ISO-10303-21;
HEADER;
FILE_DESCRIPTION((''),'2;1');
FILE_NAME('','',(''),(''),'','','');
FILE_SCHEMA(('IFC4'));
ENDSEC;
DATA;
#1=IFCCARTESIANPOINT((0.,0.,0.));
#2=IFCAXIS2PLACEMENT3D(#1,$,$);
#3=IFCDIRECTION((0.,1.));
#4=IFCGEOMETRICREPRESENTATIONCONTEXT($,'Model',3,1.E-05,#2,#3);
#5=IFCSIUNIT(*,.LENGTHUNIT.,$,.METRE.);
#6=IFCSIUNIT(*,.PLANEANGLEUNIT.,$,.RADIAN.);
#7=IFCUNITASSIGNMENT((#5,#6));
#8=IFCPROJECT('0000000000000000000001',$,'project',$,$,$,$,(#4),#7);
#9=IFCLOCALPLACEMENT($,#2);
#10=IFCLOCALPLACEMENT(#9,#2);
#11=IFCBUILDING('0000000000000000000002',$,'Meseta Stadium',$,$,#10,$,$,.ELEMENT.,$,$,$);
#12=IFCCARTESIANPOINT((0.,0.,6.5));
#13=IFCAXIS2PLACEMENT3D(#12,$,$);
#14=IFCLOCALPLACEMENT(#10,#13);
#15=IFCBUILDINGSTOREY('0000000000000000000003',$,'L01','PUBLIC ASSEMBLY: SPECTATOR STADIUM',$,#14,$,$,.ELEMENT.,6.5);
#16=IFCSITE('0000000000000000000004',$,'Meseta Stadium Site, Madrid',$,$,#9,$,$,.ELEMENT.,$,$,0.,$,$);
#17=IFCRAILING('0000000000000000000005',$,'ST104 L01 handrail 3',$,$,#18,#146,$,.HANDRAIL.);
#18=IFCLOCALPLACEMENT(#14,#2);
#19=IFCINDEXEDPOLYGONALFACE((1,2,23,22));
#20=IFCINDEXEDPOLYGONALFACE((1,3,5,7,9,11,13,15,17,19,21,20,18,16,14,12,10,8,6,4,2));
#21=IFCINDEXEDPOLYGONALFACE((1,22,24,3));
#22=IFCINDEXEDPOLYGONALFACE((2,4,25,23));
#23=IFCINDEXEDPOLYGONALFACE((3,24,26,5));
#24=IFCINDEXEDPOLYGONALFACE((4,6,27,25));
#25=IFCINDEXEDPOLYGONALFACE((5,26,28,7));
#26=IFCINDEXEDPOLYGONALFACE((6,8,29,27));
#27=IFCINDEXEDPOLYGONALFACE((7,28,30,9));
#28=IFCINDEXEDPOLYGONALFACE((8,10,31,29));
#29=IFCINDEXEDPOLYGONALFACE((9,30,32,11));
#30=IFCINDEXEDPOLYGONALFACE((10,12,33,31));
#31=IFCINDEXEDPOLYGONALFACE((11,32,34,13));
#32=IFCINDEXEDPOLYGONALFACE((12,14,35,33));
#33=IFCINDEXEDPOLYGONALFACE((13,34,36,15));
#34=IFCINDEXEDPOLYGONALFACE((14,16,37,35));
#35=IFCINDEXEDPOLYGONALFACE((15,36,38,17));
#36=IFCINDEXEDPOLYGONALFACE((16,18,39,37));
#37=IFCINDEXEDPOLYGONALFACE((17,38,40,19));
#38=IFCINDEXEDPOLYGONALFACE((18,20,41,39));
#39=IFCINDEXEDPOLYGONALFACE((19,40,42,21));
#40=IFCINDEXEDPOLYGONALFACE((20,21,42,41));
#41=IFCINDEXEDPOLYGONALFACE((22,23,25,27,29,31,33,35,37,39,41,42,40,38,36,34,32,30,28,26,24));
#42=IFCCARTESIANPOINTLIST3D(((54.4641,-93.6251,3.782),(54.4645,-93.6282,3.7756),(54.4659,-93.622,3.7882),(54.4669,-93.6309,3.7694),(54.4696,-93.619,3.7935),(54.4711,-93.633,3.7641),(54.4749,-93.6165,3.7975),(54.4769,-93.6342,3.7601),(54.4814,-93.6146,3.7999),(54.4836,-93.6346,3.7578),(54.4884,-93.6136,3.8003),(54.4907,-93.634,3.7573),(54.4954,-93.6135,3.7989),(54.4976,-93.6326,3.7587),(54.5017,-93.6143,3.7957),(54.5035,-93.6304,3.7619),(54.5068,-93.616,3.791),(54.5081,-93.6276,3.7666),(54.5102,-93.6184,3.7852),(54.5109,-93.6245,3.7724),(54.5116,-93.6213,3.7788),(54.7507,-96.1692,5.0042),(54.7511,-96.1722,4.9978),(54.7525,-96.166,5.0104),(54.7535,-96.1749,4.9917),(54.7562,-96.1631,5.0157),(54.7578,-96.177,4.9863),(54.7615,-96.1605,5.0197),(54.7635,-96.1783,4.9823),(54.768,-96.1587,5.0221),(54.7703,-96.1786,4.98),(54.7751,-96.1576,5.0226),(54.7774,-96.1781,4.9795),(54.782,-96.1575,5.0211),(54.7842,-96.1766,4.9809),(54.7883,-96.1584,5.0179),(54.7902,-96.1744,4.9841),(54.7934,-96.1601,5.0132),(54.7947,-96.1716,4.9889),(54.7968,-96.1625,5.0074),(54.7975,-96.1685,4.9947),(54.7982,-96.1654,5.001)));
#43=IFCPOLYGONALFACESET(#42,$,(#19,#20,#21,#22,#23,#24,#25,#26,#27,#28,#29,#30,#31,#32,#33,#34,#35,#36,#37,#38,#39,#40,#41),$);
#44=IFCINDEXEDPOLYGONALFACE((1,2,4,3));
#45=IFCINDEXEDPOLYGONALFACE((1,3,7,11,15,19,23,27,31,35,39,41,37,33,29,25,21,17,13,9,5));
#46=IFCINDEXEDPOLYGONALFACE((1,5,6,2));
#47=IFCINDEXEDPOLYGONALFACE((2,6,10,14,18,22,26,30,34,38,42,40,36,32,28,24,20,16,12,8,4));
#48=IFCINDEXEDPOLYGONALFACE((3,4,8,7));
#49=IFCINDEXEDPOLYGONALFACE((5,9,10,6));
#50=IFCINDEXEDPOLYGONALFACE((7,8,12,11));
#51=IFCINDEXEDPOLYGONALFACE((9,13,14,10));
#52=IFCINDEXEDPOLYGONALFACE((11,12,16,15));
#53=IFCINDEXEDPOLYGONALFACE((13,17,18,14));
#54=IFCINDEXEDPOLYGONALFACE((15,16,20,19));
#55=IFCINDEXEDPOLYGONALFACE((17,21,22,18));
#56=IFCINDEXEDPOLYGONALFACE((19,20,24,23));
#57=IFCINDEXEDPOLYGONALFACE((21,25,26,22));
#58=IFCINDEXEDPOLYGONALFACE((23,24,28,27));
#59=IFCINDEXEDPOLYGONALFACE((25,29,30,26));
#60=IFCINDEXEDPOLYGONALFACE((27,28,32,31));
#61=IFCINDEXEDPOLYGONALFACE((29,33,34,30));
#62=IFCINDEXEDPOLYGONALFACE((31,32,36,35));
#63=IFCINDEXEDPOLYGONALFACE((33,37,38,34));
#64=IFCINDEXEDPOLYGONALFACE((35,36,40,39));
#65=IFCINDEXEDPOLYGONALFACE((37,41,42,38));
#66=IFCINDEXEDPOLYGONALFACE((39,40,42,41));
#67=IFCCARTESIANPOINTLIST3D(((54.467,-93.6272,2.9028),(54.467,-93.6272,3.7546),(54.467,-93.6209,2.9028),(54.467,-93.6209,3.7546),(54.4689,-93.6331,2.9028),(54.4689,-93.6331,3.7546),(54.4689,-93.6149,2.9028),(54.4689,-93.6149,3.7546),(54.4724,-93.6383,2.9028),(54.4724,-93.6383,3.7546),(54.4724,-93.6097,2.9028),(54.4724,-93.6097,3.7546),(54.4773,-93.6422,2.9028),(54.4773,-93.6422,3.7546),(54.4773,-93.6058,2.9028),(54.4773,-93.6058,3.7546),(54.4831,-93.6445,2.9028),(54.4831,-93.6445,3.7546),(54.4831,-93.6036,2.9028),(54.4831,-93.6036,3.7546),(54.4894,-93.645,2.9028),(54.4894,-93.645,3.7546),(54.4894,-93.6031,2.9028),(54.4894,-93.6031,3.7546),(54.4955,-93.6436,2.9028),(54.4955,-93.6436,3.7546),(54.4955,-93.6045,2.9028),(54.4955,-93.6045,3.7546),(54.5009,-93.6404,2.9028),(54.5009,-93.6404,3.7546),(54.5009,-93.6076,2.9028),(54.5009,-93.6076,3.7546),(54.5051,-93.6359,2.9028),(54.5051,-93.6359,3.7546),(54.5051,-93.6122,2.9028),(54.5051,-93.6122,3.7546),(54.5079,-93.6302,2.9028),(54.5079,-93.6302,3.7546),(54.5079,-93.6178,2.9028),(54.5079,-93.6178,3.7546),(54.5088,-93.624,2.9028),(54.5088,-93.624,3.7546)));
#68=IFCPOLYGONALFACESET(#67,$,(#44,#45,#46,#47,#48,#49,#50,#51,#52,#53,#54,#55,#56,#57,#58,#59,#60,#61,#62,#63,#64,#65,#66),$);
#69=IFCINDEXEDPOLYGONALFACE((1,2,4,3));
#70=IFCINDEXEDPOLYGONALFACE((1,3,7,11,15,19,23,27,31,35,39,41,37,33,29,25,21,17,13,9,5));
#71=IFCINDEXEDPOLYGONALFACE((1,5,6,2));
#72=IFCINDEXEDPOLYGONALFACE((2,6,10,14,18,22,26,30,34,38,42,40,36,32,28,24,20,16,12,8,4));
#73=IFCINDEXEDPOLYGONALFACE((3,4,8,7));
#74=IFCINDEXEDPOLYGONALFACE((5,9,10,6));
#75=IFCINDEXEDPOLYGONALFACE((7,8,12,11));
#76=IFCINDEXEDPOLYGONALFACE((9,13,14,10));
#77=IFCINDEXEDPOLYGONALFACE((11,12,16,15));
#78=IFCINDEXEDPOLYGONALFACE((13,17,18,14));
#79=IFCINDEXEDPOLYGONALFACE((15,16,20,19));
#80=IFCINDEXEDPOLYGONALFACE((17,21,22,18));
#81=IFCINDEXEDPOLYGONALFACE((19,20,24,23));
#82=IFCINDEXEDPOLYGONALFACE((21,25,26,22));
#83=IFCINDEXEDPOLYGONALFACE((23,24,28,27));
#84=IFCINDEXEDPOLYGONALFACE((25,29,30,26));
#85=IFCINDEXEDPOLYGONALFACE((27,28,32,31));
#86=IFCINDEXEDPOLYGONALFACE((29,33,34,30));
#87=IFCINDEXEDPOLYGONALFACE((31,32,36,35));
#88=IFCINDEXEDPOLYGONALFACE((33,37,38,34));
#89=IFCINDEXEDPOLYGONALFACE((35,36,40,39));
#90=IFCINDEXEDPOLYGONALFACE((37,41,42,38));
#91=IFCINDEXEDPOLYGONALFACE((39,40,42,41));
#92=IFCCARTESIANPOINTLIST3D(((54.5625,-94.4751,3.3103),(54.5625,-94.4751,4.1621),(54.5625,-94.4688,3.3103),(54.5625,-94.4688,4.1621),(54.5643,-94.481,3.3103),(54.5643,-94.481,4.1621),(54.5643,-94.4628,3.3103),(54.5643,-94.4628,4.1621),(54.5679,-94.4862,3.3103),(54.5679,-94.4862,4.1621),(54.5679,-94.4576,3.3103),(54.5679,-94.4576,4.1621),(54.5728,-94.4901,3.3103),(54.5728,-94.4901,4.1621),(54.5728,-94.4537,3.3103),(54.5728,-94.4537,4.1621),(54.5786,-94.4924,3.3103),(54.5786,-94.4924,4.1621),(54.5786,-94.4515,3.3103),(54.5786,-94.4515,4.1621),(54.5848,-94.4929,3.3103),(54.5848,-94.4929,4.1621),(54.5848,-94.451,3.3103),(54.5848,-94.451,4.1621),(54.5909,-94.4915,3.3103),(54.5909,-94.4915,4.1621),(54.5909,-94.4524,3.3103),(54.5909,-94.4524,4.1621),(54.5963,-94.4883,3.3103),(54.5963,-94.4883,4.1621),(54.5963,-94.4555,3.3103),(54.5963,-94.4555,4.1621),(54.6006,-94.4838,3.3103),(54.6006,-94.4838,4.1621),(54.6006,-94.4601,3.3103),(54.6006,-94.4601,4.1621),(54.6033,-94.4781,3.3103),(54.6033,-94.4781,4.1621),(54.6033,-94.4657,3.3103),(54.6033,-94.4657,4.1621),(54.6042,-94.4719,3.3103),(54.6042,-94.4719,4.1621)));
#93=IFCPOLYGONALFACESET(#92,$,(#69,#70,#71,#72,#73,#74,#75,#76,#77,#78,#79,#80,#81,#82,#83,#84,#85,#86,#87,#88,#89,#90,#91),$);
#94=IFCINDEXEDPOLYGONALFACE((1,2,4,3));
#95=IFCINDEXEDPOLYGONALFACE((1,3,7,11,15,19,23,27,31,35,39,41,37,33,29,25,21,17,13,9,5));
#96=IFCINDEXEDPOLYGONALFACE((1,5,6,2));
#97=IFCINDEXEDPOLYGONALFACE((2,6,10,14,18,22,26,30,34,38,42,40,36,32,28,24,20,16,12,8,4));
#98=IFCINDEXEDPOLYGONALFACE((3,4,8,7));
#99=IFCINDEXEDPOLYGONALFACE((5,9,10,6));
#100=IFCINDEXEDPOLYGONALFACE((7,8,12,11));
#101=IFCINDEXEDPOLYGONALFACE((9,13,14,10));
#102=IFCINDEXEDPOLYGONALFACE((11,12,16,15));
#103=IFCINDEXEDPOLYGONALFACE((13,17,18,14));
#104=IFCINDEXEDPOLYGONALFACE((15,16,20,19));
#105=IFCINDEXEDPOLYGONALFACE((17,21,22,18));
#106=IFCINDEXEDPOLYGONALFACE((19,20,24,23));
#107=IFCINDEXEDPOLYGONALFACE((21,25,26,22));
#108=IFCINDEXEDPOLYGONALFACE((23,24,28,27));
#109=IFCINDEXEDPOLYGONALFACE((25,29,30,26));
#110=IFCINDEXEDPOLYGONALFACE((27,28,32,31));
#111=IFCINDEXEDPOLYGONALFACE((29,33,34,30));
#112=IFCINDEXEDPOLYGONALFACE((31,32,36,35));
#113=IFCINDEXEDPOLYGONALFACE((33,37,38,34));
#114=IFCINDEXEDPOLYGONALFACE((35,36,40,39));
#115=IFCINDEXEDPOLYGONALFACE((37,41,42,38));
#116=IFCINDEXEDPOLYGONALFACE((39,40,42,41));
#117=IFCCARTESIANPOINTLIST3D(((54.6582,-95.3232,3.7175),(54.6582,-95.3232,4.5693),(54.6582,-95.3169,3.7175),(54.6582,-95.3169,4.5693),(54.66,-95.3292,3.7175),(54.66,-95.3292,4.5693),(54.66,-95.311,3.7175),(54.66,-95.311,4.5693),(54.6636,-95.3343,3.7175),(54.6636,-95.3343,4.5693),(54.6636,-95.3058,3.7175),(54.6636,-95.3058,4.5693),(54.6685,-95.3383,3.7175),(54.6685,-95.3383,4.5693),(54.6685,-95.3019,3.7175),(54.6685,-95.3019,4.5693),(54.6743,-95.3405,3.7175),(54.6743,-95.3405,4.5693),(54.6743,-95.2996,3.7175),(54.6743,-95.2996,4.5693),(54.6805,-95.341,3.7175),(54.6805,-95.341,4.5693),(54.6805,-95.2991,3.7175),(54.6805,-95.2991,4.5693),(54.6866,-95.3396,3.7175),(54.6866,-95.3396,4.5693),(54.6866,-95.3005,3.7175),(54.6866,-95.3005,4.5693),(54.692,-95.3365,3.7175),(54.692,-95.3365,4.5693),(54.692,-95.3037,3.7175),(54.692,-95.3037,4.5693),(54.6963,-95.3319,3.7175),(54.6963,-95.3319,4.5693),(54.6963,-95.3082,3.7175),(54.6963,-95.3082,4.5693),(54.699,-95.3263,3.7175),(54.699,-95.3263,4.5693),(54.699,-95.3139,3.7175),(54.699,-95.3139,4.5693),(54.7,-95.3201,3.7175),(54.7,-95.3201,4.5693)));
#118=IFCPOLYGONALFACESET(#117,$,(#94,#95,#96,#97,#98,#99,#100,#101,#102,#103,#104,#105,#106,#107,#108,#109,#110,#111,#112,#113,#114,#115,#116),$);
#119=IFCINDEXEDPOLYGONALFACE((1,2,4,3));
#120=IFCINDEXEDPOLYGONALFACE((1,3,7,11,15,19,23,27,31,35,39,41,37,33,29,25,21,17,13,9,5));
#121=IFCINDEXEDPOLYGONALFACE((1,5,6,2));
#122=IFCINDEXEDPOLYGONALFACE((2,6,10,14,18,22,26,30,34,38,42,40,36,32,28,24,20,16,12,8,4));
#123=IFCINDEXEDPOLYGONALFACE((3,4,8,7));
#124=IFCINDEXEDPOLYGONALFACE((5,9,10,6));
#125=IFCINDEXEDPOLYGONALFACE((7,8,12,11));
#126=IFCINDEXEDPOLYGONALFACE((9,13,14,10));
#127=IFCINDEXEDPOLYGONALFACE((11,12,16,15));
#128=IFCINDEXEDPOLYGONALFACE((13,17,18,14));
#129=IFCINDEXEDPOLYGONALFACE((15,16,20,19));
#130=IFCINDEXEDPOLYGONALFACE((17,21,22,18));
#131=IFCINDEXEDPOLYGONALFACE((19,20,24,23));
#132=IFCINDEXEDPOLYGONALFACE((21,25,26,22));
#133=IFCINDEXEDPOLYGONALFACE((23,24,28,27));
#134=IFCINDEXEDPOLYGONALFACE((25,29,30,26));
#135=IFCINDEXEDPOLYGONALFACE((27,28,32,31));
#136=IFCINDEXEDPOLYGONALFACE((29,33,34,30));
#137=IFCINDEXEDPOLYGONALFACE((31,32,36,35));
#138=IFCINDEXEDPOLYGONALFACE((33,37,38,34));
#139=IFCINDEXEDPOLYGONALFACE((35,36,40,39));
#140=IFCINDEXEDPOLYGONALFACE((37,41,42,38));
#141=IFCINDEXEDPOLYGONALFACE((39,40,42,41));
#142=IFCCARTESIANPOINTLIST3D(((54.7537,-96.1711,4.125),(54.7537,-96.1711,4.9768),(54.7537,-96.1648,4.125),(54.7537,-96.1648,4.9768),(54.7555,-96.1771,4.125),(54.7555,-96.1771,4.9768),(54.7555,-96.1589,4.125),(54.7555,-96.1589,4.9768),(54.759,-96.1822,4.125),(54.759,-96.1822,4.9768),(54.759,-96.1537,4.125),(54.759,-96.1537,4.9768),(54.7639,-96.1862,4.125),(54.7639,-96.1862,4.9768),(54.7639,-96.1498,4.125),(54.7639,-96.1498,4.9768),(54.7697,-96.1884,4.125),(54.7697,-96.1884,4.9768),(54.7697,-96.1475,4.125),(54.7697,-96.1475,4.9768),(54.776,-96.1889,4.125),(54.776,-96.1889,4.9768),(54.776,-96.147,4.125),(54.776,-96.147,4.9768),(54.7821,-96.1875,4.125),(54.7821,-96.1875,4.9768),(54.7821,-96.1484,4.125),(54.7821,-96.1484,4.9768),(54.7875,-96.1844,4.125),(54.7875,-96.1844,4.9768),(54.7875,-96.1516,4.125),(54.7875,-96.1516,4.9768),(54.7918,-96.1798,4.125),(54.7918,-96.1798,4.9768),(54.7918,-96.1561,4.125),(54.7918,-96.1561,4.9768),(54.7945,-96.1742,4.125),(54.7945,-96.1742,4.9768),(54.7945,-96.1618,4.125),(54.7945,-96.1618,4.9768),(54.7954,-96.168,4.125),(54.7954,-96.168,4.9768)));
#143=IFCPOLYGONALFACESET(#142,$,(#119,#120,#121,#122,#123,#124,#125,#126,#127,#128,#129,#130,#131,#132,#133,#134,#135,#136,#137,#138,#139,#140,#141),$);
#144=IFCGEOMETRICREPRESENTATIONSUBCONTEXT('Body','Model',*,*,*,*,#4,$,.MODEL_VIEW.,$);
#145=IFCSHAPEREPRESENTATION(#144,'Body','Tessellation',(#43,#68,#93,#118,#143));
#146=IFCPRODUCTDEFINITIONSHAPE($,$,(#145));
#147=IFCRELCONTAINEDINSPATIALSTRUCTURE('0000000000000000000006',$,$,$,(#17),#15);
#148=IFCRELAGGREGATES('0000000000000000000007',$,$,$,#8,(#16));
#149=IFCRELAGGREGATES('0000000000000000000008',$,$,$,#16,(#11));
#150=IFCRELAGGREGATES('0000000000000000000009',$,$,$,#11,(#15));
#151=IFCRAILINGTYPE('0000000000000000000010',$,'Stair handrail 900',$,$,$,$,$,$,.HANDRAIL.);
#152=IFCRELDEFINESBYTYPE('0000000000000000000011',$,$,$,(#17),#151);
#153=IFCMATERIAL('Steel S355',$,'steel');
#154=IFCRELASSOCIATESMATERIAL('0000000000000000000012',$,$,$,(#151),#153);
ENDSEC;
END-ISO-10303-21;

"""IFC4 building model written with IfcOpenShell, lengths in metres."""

from ifc_helpers import new_model, si_unit, direction, frame, origin, origin_2d, place, context, subcontext, project, spatial, circle, extrude, material, type_object, element, save


model = new_model("IFC4")

# Units and contexts
model_context = context("Model", 3, precision=1e-05, world=origin(), true_north=direction((0.0, 1.0)))
body_context = subcontext(model_context, "Body", "Model", "MODEL_VIEW")
ifc_project = project(units=[si_unit("LENGTHUNIT", "METRE"), si_unit("PLANEANGLEUNIT", "RADIAN")], contexts=[model_context])

# Site, building, storey
site_placement = place(None, origin())
site = spatial("IfcSite", under=ifc_project, at=site_placement, Name="Meseta Stadium Site, Madrid", CompositionType="ELEMENT", RefElevation=0.0)
building_placement = place(site_placement, origin())
building = spatial("IfcBuilding", under=site, at=building_placement, Name="Meseta Stadium", CompositionType="ELEMENT")
storey_placement = place(building_placement, frame((0.0, 0.0, 6.5)))
storey = spatial("IfcBuildingStorey", under=building, at=storey_placement, Name="L01", Description="PUBLIC ASSEMBLY: SPECTATOR STADIUM", CompositionType="ELEMENT", Elevation=6.5)

# Railing
ifc_material_1 = material(Name="Steel S355", Category="steel")
railing_type_1 = type_object("IfcRailingType", Name="Stair handrail 900", PredefinedType="HANDRAIL", material=ifc_material_1)
railing_1_placement = place(storey_placement, frame((54.4878, -93.624, 2.9028)))
element("IfcRailing", 1, at=railing_1_placement, inside=storey, type_object=railing_type_1, Name="ST104 L01 handrail 3", PredefinedType="HANDRAIL", context=body_context, shape_type="SweptSolid", body=[
    extrude(circle(Radius=0.0239, at=origin_2d()), frame((0.0, 0.0, 0.876), z_axis=(0.101036, -0.896762, 0.430824), x_axis=(0.993713, 0.11196, 0.0)), (0.0, 0.0, 1.0), 2.8369),
    extrude(circle(Radius=0.021, at=origin_2d()), origin(), (0.0, 0.0, 1.0), 0.8518),
    extrude(circle(Radius=0.021, at=origin_2d()), frame((0.0955, -0.8479, 0.4075)), (0.0, 0.0, 1.0), 0.8518),
    extrude(circle(Radius=0.021, at=origin_2d()), frame((0.1912, -1.696, 0.8147)), (0.0, 0.0, 1.0), 0.8518),
    extrude(circle(Radius=0.021, at=origin_2d()), frame((0.2866, -2.5439, 1.2222)), (0.0, 0.0, 1.0), 0.8518),
])

save(model, "model.ifc")
